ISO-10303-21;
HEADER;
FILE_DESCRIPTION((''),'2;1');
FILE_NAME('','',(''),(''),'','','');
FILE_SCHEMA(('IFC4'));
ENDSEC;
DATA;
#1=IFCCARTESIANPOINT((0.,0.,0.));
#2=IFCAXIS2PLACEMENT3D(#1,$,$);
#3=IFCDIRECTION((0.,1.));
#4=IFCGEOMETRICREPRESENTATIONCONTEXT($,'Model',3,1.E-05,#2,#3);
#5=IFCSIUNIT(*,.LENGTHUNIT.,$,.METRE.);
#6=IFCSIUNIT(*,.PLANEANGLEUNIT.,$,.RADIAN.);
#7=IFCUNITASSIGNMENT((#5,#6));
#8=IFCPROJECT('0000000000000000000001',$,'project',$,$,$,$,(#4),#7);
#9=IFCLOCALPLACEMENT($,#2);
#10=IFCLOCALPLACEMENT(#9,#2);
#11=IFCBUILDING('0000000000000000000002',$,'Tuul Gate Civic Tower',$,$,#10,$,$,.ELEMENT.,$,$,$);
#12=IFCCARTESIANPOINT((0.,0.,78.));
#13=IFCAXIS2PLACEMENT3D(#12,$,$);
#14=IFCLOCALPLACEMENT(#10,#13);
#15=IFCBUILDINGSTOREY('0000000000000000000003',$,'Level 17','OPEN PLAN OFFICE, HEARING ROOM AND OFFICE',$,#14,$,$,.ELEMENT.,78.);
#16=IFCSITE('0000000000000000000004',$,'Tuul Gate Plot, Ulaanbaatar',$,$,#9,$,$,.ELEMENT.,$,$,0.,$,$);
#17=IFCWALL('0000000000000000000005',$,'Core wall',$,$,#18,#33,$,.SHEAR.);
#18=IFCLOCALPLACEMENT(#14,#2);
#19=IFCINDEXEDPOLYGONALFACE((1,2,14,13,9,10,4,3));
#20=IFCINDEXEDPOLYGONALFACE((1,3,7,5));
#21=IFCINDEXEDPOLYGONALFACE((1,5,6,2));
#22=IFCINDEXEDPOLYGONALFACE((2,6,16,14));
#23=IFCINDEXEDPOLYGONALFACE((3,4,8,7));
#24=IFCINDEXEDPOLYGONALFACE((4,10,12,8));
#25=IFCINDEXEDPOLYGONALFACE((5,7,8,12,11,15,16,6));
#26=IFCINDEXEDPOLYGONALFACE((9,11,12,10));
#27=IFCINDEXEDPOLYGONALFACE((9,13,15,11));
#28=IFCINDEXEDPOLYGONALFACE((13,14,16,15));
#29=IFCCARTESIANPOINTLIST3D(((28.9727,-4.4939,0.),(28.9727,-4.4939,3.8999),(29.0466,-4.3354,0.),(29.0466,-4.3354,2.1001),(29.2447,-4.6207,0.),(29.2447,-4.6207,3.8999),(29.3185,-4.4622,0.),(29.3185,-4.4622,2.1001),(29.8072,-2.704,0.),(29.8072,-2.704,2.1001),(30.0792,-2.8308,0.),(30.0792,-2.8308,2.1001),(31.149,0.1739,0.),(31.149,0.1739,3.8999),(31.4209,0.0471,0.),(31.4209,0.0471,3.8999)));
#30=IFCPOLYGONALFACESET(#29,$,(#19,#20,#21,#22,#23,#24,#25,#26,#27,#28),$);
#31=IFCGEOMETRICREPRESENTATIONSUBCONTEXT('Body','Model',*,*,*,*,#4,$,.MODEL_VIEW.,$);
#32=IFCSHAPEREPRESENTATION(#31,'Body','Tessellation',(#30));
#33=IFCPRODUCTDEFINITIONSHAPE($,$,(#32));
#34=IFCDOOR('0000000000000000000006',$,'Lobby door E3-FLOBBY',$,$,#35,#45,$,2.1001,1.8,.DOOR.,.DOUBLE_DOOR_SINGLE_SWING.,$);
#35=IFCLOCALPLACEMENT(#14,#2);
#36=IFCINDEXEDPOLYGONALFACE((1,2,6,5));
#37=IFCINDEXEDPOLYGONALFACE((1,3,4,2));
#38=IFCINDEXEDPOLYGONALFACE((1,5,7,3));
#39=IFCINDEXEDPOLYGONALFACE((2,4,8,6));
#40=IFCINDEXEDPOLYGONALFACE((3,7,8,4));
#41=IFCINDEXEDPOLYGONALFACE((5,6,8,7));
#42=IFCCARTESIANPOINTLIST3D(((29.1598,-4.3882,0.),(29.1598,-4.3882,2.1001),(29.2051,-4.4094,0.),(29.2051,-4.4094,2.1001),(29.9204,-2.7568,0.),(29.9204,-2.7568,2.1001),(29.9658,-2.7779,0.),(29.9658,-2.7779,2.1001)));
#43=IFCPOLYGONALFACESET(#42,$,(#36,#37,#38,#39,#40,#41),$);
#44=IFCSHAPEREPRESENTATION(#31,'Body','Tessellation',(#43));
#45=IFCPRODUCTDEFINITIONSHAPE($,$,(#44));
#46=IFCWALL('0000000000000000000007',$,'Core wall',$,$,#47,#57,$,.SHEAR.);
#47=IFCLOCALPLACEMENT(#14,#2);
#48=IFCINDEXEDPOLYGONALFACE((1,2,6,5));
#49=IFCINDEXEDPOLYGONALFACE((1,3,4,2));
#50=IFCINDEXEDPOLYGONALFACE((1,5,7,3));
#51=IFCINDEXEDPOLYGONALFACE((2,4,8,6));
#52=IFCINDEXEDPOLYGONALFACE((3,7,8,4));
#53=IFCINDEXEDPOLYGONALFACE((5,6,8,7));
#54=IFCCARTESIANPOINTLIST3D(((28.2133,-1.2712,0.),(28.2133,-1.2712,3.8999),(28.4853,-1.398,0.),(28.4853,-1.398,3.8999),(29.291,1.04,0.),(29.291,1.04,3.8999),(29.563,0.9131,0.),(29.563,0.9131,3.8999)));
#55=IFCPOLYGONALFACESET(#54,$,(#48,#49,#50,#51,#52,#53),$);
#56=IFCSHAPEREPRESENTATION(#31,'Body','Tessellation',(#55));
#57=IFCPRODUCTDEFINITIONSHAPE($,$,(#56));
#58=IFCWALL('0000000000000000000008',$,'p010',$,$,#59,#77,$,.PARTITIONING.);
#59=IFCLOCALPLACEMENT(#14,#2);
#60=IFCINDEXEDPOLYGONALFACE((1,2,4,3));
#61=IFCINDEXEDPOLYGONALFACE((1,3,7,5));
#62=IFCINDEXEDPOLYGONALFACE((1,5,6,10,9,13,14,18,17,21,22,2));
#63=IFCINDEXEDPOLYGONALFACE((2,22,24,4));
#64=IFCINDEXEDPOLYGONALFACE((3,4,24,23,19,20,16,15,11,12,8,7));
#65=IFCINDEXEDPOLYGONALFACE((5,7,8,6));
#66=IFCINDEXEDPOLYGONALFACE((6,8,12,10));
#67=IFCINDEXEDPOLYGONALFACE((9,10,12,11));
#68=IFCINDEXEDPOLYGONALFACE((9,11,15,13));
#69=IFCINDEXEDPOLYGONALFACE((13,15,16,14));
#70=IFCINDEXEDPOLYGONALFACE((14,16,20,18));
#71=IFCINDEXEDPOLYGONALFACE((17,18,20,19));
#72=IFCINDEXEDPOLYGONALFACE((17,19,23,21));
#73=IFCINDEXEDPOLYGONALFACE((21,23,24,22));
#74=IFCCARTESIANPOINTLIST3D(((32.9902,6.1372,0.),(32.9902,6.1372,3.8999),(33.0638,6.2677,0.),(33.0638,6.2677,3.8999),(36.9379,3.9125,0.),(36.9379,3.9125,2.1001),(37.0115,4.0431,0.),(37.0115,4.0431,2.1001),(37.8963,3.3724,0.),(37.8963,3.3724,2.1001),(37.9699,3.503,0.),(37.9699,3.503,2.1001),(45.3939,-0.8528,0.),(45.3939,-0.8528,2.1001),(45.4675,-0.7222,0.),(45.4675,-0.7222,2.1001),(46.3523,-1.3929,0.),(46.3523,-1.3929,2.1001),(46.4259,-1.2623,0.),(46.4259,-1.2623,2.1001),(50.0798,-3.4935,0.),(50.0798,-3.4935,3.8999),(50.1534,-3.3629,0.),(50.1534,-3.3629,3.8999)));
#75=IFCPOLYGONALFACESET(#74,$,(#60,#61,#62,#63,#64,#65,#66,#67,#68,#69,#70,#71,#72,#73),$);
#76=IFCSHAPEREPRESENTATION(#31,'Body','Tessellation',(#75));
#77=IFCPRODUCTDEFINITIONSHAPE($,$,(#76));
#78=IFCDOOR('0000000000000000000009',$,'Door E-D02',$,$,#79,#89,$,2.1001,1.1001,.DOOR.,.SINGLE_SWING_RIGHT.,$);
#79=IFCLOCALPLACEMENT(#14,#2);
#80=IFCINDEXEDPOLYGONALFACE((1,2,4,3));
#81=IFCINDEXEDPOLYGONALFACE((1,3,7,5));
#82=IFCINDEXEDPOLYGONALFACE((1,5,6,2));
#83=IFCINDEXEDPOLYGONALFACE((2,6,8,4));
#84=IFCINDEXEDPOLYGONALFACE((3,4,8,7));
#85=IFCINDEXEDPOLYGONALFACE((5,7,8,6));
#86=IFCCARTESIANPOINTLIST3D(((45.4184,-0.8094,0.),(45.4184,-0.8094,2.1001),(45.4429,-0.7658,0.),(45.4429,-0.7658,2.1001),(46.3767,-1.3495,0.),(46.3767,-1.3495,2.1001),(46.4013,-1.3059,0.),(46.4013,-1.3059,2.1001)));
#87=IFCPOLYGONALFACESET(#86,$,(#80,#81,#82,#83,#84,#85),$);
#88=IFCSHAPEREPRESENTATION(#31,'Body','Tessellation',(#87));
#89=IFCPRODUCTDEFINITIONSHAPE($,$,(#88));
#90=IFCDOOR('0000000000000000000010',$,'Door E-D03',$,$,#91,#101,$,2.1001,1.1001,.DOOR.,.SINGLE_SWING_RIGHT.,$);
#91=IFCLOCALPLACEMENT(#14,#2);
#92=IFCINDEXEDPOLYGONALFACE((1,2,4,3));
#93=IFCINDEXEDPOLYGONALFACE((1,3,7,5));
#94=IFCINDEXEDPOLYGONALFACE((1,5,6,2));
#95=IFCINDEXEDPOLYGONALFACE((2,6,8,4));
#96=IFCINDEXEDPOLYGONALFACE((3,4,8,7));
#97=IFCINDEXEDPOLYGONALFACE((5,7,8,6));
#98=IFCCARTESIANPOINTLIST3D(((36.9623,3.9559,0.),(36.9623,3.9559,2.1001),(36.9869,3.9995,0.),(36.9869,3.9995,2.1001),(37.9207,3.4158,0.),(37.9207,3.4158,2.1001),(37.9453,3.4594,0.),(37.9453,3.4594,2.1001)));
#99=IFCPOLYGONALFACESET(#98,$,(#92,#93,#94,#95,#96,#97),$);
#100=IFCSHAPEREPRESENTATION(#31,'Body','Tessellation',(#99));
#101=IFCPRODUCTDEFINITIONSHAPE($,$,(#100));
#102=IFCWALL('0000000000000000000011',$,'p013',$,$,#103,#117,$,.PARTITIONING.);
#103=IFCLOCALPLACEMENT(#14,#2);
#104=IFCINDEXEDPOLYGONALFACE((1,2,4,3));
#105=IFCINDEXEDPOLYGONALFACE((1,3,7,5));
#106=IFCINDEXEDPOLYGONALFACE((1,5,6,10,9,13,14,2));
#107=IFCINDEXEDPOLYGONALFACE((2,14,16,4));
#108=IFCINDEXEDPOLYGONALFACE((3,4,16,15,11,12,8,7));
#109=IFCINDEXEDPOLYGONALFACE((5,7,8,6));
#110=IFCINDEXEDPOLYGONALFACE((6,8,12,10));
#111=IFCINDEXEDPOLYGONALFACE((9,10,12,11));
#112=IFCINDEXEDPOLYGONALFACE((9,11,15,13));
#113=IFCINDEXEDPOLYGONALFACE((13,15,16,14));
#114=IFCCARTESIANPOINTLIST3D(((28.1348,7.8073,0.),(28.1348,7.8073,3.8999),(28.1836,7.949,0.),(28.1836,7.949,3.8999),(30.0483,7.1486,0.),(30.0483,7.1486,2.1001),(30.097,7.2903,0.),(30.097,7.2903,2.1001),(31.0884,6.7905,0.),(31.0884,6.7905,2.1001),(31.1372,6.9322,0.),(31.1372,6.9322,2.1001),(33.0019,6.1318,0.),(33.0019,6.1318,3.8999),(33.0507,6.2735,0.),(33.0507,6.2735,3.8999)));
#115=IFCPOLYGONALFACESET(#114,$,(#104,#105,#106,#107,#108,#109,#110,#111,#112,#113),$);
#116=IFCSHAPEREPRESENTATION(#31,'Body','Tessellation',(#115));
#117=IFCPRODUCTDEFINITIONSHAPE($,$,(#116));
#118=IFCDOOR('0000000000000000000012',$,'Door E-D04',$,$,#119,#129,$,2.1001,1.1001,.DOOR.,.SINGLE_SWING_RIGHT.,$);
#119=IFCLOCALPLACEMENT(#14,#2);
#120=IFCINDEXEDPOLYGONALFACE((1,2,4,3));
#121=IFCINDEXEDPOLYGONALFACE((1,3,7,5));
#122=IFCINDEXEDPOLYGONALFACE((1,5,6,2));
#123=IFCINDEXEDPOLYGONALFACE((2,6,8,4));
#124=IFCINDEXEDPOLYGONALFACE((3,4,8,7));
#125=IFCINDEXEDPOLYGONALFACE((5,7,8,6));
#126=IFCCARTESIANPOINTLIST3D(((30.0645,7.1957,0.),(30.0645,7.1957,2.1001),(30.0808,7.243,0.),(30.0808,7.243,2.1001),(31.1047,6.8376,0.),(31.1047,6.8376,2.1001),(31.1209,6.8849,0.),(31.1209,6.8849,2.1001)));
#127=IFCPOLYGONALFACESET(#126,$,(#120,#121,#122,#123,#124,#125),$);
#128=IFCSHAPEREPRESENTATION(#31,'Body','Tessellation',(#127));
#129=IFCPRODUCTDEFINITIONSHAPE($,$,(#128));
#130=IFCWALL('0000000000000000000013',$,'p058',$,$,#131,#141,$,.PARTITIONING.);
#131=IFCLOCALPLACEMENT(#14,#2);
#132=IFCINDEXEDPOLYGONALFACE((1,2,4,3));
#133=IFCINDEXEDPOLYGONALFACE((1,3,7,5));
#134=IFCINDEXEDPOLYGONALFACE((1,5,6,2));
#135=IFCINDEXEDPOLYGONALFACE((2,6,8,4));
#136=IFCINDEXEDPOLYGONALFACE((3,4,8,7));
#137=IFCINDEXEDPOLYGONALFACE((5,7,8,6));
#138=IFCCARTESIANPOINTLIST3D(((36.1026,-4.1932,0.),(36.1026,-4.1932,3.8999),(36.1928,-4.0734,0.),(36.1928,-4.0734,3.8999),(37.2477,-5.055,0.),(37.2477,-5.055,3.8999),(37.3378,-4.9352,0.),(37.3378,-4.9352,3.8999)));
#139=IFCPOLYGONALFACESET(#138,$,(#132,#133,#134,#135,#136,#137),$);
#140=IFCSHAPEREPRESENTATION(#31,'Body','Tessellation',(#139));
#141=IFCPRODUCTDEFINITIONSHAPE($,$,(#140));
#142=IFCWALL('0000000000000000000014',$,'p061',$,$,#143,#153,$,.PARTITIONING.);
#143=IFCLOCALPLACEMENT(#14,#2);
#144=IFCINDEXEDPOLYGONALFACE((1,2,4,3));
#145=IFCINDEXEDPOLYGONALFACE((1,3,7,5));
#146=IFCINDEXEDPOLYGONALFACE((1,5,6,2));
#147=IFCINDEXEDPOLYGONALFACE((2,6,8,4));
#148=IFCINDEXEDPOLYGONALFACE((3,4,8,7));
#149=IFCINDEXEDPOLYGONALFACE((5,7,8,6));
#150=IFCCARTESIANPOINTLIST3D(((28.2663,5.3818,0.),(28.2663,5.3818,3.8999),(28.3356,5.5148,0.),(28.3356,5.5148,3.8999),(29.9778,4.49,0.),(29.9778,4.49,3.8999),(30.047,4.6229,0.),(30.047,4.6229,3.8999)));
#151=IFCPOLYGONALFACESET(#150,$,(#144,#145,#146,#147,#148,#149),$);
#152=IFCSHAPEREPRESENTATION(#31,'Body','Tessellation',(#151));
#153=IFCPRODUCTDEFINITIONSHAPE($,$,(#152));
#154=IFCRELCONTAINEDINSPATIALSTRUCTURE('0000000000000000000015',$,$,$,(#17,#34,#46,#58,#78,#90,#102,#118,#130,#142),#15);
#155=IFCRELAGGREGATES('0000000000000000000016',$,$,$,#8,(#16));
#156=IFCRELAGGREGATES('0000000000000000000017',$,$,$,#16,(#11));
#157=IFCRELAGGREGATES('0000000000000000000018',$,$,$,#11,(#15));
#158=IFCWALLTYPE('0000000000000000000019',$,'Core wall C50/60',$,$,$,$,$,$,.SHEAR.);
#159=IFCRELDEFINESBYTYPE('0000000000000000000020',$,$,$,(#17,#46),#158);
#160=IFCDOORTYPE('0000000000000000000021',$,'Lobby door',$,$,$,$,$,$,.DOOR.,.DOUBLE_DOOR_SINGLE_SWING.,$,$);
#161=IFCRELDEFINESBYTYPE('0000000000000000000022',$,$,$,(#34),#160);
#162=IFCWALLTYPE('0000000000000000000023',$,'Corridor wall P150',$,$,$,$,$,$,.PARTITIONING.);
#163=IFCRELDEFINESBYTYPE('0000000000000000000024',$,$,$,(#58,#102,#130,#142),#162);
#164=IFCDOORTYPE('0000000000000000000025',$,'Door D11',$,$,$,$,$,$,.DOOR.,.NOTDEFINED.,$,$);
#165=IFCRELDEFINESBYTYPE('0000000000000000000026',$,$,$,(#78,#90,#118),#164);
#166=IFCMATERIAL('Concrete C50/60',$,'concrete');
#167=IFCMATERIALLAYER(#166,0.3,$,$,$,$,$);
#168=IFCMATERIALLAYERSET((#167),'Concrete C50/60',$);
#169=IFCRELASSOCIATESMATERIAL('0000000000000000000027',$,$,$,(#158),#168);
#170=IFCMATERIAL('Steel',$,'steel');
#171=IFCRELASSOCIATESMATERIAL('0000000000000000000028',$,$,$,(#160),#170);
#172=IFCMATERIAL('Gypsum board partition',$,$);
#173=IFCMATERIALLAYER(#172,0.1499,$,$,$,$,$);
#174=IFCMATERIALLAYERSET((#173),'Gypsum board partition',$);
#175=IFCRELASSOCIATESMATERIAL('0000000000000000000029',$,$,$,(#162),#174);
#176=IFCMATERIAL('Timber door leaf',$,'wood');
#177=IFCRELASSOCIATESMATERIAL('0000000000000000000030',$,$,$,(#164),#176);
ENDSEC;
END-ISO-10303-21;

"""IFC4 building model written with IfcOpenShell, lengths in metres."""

from ifc_helpers import new_model, si_unit, direction, frame, frame_2d, origin, place, context, subcontext, project, spatial, rectangle, extrude, material, layer, layer_set, type_object, element, fill, save


model = new_model("IFC4")

# Units and contexts
model_context = context("Model", 3, precision=1e-05, world=origin(), true_north=direction((0.0, 1.0)))
body_context = subcontext(model_context, "Body", "Model", "MODEL_VIEW")
ifc_project = project(units=[si_unit("LENGTHUNIT", "METRE"), si_unit("PLANEANGLEUNIT", "RADIAN")], contexts=[model_context])

# Site, building, storey
site_placement = place(None, origin())
site = spatial("IfcSite", under=ifc_project, at=site_placement, Name="Tuul Gate Plot, Ulaanbaatar", CompositionType="ELEMENT", RefElevation=0.0)
building_placement = place(site_placement, origin())
building = spatial("IfcBuilding", under=site, at=building_placement, Name="Tuul Gate Civic Tower", CompositionType="ELEMENT")
storey_placement = place(building_placement, frame((0.0, 0.0, 78.0)))
storey = spatial("IfcBuildingStorey", under=building, at=storey_placement, Name="Level 17", Description="OPEN PLAN OFFICE, HEARING ROOM AND OFFICE", CompositionType="ELEMENT", Elevation=78.0)

# Shared definitions
ifc_material_1 = material(Name="Concrete C50/60", Category="concrete")
ifc_layer_1 = layer(ifc_material_1, 0.3)
ifc_layer_set_1 = layer_set([ifc_layer_1], Name="Concrete C50/60")
wall_type_1 = type_object("IfcWallType", Name="Core wall C50/60", PredefinedType="SHEAR", material=ifc_layer_set_1)

# Wall, opening, door
wall_1_placement = place(storey_placement, frame((29.1086, -4.5574, 0.0), z_axis=(0.0, 0.0, 1.0), x_axis=(0.422566, 0.906332, 0.0)))
wall_1 = element("IfcWall", 1, at=wall_1_placement, inside=storey, type_object=wall_type_1, Name="Core wall", PredefinedType="SHEAR", context=body_context, shape_type="SweptSolid", body=[
    extrude(rectangle(XDim=5.1501, YDim=0.3, at=frame_2d((2.5752, 0.0))), origin(), (0.0, 0.0, 1.0), 3.8999),
])
opening_1_placement = place(wall_1_placement, frame((0.175, 0.0, 0.0)))
opening_1 = element("IfcOpeningElement", 2, at=opening_1_placement, cuts=wall_1, PredefinedType="OPENING", context=body_context, shape_type="SweptSolid", body=[
    extrude(rectangle(XDim=1.8, YDim=2.1001, at=frame_2d((0.8999, 1.05))), frame((0.0, 0.1602, 0.0), z_axis=(0.0, -1.0, 0.0), x_axis=(1.0, 0.0, 0.0)), (0.0, 0.0, 1.0), 0.3201),
])
ifc_material_2 = material(Name="Steel", Category="steel")
door_type_1 = type_object("IfcDoorType", Name="Lobby door", OperationType="DOUBLE_DOOR_SINGLE_SWING", PredefinedType="DOOR", material=ifc_material_2)
door_1_placement = place(opening_1_placement, frame((1.8, 0.0, 0.0), z_axis=(0.0, 0.0, 1.0), x_axis=(-1.0, 0.0, 0.0)))
door_1 = element("IfcDoor", 3, at=door_1_placement, inside=storey, type_object=door_type_1, Name="Lobby door E3-FLOBBY", OperationType="DOUBLE_DOOR_SINGLE_SWING", OverallHeight=2.1001, OverallWidth=1.8, PredefinedType="DOOR", context=body_context, shape_type="SweptSolid", body=[
    extrude(rectangle(XDim=1.8, YDim=2.1001, at=frame_2d((0.9001, 1.05))), frame((0.0, 0.0249, 0.0), z_axis=(0.0, -1.0, 0.0), x_axis=(1.0, 0.0, 0.0)), (0.0, 0.0, 1.0), 0.05),
])
fill(opening_1, door_1)

# Wall
wall_2_placement = place(storey_placement, frame((28.3494, -1.3345, 0.0), z_axis=(0.0, 0.0, 1.0), x_axis=(0.422613, 0.90631, 0.0)))
element("IfcWall", 4, at=wall_2_placement, inside=storey, type_object=wall_type_1, Name="Core wall", PredefinedType="SHEAR", context=body_context, shape_type="SweptSolid", body=[
    extrude(rectangle(XDim=2.55, YDim=0.3, at=frame_2d((1.2749, 0.0))), origin(), (0.0, 0.0, 1.0), 3.8999),
])

# Wall, openings, doors
ifc_material_3 = material(Name="Gypsum board partition")
ifc_layer_2 = layer(ifc_material_3, 0.1499)
ifc_layer_set_2 = layer_set([ifc_layer_2], Name="Gypsum board partition")
wall_type_2 = type_object("IfcWallType", Name="Corridor wall P150", PredefinedType="PARTITIONING", material=ifc_layer_set_2)
wall_3_placement = place(storey_placement, frame((33.0271, 6.2024, 0.0), z_axis=(0.0, 0.0, 1.0), x_axis=(0.871189, -0.490947, 0.0)))
wall_3 = element("IfcWall", 5, at=wall_3_placement, inside=storey, type_object=wall_type_2, Name="p010", PredefinedType="PARTITIONING", context=body_context, shape_type="SweptSolid", body=[
    extrude(rectangle(XDim=19.6165, YDim=0.1499, at=frame_2d((9.8081, 0.0))), origin(), (0.0, 0.0, 1.0), 3.8999),
])
opening_2_placement = place(wall_3_placement, frame((14.2375, 0.0, 0.0)))
opening_2 = element("IfcOpeningElement", 6, at=opening_2_placement, cuts=wall_3, PredefinedType="OPENING", context=body_context, shape_type="SweptSolid", body=[
    extrude(rectangle(XDim=1.1001, YDim=2.1001, at=frame_2d((0.55, 1.05))), frame((0.0, 0.085, 0.0), z_axis=(0.0, -1.0, 0.0), x_axis=(1.0, 0.0, 0.0)), (0.0, 0.0, 1.0), 0.1699),
])
opening_3_placement = place(wall_3_placement, frame((4.5312, 0.0, 0.0)))
opening_3 = element("IfcOpeningElement", 7, at=opening_3_placement, cuts=wall_3, PredefinedType="OPENING", context=body_context, shape_type="SweptSolid", body=[
    extrude(rectangle(XDim=1.1001, YDim=2.1001, at=frame_2d((0.55, 1.05))), frame((0.0, 0.085, 0.0), z_axis=(0.0, -1.0, 0.0), x_axis=(1.0, 0.0, 0.0)), (0.0, 0.0, 1.0), 0.1699),
])
ifc_material_4 = material(Name="Timber door leaf", Category="wood")
door_type_2 = type_object("IfcDoorType", Name="Door D11", OperationType="NOTDEFINED", PredefinedType="DOOR", material=ifc_material_4)
door_2_placement = place(opening_2_placement, origin())
door_2 = element("IfcDoor", 8, at=door_2_placement, inside=storey, type_object=door_type_2, Name="Door E-D02", OperationType="SINGLE_SWING_RIGHT", OverallHeight=2.1001, OverallWidth=1.1001, PredefinedType="DOOR", context=body_context, shape_type="SweptSolid", body=[
    extrude(rectangle(XDim=1.1001, YDim=2.1001, at=frame_2d((0.55, 1.05))), frame((0.0, 0.0249, 0.0), z_axis=(0.0, -1.0, 0.0), x_axis=(1.0, 0.0, 0.0)), (0.0, 0.0, 1.0), 0.05),
])
fill(opening_2, door_2)
door_3_placement = place(opening_3_placement, origin())
door_3 = element("IfcDoor", 9, at=door_3_placement, inside=storey, type_object=door_type_2, Name="Door E-D03", OperationType="SINGLE_SWING_RIGHT", OverallHeight=2.1001, OverallWidth=1.1001, PredefinedType="DOOR", context=body_context, shape_type="SweptSolid", body=[
    extrude(rectangle(XDim=1.1001, YDim=2.1001, at=frame_2d((0.55, 1.05))), frame((0.0, 0.0249, 0.0), z_axis=(0.0, -1.0, 0.0), x_axis=(1.0, 0.0, 0.0)), (0.0, 0.0, 1.0), 0.05),
])
fill(opening_3, door_3)

# Wall, opening, door
wall_4_placement = place(storey_placement, frame((28.1592, 7.8782, 0.0), z_axis=(0.0, 0.0, 1.0), x_axis=(0.945541, -0.325504, 0.0)))
wall_4 = element("IfcWall", 10, at=wall_4_placement, inside=storey, type_object=wall_type_2, Name="p013", PredefinedType="PARTITIONING", context=body_context, shape_type="SweptSolid", body=[
    extrude(rectangle(XDim=5.1475, YDim=0.1499, at=frame_2d((2.5737, 0.0))), origin(), (0.0, 0.0, 1.0), 3.8999),
])
opening_4_placement = place(wall_4_placement, frame((2.0237, 0.0, 0.0)))
opening_4 = element("IfcOpeningElement", 11, at=opening_4_placement, cuts=wall_4, PredefinedType="OPENING", context=body_context, shape_type="SweptSolid", body=[
    extrude(rectangle(XDim=1.1001, YDim=2.1001, at=frame_2d((0.55, 1.05))), frame((0.0, 0.085, 0.0), z_axis=(0.0, -1.0, 0.0), x_axis=(1.0, 0.0, 0.0)), (0.0, 0.0, 1.0), 0.1699),
])
door_4_placement = place(opening_4_placement, origin())
door_4 = element("IfcDoor", 12, at=door_4_placement, inside=storey, type_object=door_type_2, Name="Door E-D04", OperationType="SINGLE_SWING_RIGHT", OverallHeight=2.1001, OverallWidth=1.1001, PredefinedType="DOOR", context=body_context, shape_type="SweptSolid", body=[
    extrude(rectangle(XDim=1.1001, YDim=2.1001, at=frame_2d((0.55, 1.05))), frame((0.0, 0.0249, 0.0), z_axis=(0.0, -1.0, 0.0), x_axis=(1.0, 0.0, 0.0)), (0.0, 0.0, 1.0), 0.05),
])
fill(opening_4, door_4)

# Walls
wall_5_placement = place(storey_placement, frame((36.1477, -4.1333, 0.0), z_axis=(0.0, 0.0, 1.0), x_axis=(0.798977, -0.601362, 0.0)))
element("IfcWall", 13, at=wall_5_placement, inside=storey, type_object=wall_type_2, Name="p058", PredefinedType="PARTITIONING", context=body_context, shape_type="SweptSolid", body=[
    extrude(rectangle(XDim=1.4331, YDim=0.1499, at=frame_2d((0.7166, 0.0))), origin(), (0.0, 0.0, 1.0), 3.8999),
])
wall_6_placement = place(storey_placement, frame((28.301, 5.4482, 0.0), z_axis=(0.0, 0.0, 1.0), x_axis=(0.886813, -0.462129, 0.0)))
element("IfcWall", 14, at=wall_6_placement, inside=storey, type_object=wall_type_2, Name="p061", PredefinedType="PARTITIONING", context=body_context, shape_type="SweptSolid", body=[
    extrude(rectangle(XDim=1.9299, YDim=0.1499, at=frame_2d((0.9648, 0.0))), origin(), (0.0, 0.0, 1.0), 3.8999),
])

save(model, "model.ifc")
